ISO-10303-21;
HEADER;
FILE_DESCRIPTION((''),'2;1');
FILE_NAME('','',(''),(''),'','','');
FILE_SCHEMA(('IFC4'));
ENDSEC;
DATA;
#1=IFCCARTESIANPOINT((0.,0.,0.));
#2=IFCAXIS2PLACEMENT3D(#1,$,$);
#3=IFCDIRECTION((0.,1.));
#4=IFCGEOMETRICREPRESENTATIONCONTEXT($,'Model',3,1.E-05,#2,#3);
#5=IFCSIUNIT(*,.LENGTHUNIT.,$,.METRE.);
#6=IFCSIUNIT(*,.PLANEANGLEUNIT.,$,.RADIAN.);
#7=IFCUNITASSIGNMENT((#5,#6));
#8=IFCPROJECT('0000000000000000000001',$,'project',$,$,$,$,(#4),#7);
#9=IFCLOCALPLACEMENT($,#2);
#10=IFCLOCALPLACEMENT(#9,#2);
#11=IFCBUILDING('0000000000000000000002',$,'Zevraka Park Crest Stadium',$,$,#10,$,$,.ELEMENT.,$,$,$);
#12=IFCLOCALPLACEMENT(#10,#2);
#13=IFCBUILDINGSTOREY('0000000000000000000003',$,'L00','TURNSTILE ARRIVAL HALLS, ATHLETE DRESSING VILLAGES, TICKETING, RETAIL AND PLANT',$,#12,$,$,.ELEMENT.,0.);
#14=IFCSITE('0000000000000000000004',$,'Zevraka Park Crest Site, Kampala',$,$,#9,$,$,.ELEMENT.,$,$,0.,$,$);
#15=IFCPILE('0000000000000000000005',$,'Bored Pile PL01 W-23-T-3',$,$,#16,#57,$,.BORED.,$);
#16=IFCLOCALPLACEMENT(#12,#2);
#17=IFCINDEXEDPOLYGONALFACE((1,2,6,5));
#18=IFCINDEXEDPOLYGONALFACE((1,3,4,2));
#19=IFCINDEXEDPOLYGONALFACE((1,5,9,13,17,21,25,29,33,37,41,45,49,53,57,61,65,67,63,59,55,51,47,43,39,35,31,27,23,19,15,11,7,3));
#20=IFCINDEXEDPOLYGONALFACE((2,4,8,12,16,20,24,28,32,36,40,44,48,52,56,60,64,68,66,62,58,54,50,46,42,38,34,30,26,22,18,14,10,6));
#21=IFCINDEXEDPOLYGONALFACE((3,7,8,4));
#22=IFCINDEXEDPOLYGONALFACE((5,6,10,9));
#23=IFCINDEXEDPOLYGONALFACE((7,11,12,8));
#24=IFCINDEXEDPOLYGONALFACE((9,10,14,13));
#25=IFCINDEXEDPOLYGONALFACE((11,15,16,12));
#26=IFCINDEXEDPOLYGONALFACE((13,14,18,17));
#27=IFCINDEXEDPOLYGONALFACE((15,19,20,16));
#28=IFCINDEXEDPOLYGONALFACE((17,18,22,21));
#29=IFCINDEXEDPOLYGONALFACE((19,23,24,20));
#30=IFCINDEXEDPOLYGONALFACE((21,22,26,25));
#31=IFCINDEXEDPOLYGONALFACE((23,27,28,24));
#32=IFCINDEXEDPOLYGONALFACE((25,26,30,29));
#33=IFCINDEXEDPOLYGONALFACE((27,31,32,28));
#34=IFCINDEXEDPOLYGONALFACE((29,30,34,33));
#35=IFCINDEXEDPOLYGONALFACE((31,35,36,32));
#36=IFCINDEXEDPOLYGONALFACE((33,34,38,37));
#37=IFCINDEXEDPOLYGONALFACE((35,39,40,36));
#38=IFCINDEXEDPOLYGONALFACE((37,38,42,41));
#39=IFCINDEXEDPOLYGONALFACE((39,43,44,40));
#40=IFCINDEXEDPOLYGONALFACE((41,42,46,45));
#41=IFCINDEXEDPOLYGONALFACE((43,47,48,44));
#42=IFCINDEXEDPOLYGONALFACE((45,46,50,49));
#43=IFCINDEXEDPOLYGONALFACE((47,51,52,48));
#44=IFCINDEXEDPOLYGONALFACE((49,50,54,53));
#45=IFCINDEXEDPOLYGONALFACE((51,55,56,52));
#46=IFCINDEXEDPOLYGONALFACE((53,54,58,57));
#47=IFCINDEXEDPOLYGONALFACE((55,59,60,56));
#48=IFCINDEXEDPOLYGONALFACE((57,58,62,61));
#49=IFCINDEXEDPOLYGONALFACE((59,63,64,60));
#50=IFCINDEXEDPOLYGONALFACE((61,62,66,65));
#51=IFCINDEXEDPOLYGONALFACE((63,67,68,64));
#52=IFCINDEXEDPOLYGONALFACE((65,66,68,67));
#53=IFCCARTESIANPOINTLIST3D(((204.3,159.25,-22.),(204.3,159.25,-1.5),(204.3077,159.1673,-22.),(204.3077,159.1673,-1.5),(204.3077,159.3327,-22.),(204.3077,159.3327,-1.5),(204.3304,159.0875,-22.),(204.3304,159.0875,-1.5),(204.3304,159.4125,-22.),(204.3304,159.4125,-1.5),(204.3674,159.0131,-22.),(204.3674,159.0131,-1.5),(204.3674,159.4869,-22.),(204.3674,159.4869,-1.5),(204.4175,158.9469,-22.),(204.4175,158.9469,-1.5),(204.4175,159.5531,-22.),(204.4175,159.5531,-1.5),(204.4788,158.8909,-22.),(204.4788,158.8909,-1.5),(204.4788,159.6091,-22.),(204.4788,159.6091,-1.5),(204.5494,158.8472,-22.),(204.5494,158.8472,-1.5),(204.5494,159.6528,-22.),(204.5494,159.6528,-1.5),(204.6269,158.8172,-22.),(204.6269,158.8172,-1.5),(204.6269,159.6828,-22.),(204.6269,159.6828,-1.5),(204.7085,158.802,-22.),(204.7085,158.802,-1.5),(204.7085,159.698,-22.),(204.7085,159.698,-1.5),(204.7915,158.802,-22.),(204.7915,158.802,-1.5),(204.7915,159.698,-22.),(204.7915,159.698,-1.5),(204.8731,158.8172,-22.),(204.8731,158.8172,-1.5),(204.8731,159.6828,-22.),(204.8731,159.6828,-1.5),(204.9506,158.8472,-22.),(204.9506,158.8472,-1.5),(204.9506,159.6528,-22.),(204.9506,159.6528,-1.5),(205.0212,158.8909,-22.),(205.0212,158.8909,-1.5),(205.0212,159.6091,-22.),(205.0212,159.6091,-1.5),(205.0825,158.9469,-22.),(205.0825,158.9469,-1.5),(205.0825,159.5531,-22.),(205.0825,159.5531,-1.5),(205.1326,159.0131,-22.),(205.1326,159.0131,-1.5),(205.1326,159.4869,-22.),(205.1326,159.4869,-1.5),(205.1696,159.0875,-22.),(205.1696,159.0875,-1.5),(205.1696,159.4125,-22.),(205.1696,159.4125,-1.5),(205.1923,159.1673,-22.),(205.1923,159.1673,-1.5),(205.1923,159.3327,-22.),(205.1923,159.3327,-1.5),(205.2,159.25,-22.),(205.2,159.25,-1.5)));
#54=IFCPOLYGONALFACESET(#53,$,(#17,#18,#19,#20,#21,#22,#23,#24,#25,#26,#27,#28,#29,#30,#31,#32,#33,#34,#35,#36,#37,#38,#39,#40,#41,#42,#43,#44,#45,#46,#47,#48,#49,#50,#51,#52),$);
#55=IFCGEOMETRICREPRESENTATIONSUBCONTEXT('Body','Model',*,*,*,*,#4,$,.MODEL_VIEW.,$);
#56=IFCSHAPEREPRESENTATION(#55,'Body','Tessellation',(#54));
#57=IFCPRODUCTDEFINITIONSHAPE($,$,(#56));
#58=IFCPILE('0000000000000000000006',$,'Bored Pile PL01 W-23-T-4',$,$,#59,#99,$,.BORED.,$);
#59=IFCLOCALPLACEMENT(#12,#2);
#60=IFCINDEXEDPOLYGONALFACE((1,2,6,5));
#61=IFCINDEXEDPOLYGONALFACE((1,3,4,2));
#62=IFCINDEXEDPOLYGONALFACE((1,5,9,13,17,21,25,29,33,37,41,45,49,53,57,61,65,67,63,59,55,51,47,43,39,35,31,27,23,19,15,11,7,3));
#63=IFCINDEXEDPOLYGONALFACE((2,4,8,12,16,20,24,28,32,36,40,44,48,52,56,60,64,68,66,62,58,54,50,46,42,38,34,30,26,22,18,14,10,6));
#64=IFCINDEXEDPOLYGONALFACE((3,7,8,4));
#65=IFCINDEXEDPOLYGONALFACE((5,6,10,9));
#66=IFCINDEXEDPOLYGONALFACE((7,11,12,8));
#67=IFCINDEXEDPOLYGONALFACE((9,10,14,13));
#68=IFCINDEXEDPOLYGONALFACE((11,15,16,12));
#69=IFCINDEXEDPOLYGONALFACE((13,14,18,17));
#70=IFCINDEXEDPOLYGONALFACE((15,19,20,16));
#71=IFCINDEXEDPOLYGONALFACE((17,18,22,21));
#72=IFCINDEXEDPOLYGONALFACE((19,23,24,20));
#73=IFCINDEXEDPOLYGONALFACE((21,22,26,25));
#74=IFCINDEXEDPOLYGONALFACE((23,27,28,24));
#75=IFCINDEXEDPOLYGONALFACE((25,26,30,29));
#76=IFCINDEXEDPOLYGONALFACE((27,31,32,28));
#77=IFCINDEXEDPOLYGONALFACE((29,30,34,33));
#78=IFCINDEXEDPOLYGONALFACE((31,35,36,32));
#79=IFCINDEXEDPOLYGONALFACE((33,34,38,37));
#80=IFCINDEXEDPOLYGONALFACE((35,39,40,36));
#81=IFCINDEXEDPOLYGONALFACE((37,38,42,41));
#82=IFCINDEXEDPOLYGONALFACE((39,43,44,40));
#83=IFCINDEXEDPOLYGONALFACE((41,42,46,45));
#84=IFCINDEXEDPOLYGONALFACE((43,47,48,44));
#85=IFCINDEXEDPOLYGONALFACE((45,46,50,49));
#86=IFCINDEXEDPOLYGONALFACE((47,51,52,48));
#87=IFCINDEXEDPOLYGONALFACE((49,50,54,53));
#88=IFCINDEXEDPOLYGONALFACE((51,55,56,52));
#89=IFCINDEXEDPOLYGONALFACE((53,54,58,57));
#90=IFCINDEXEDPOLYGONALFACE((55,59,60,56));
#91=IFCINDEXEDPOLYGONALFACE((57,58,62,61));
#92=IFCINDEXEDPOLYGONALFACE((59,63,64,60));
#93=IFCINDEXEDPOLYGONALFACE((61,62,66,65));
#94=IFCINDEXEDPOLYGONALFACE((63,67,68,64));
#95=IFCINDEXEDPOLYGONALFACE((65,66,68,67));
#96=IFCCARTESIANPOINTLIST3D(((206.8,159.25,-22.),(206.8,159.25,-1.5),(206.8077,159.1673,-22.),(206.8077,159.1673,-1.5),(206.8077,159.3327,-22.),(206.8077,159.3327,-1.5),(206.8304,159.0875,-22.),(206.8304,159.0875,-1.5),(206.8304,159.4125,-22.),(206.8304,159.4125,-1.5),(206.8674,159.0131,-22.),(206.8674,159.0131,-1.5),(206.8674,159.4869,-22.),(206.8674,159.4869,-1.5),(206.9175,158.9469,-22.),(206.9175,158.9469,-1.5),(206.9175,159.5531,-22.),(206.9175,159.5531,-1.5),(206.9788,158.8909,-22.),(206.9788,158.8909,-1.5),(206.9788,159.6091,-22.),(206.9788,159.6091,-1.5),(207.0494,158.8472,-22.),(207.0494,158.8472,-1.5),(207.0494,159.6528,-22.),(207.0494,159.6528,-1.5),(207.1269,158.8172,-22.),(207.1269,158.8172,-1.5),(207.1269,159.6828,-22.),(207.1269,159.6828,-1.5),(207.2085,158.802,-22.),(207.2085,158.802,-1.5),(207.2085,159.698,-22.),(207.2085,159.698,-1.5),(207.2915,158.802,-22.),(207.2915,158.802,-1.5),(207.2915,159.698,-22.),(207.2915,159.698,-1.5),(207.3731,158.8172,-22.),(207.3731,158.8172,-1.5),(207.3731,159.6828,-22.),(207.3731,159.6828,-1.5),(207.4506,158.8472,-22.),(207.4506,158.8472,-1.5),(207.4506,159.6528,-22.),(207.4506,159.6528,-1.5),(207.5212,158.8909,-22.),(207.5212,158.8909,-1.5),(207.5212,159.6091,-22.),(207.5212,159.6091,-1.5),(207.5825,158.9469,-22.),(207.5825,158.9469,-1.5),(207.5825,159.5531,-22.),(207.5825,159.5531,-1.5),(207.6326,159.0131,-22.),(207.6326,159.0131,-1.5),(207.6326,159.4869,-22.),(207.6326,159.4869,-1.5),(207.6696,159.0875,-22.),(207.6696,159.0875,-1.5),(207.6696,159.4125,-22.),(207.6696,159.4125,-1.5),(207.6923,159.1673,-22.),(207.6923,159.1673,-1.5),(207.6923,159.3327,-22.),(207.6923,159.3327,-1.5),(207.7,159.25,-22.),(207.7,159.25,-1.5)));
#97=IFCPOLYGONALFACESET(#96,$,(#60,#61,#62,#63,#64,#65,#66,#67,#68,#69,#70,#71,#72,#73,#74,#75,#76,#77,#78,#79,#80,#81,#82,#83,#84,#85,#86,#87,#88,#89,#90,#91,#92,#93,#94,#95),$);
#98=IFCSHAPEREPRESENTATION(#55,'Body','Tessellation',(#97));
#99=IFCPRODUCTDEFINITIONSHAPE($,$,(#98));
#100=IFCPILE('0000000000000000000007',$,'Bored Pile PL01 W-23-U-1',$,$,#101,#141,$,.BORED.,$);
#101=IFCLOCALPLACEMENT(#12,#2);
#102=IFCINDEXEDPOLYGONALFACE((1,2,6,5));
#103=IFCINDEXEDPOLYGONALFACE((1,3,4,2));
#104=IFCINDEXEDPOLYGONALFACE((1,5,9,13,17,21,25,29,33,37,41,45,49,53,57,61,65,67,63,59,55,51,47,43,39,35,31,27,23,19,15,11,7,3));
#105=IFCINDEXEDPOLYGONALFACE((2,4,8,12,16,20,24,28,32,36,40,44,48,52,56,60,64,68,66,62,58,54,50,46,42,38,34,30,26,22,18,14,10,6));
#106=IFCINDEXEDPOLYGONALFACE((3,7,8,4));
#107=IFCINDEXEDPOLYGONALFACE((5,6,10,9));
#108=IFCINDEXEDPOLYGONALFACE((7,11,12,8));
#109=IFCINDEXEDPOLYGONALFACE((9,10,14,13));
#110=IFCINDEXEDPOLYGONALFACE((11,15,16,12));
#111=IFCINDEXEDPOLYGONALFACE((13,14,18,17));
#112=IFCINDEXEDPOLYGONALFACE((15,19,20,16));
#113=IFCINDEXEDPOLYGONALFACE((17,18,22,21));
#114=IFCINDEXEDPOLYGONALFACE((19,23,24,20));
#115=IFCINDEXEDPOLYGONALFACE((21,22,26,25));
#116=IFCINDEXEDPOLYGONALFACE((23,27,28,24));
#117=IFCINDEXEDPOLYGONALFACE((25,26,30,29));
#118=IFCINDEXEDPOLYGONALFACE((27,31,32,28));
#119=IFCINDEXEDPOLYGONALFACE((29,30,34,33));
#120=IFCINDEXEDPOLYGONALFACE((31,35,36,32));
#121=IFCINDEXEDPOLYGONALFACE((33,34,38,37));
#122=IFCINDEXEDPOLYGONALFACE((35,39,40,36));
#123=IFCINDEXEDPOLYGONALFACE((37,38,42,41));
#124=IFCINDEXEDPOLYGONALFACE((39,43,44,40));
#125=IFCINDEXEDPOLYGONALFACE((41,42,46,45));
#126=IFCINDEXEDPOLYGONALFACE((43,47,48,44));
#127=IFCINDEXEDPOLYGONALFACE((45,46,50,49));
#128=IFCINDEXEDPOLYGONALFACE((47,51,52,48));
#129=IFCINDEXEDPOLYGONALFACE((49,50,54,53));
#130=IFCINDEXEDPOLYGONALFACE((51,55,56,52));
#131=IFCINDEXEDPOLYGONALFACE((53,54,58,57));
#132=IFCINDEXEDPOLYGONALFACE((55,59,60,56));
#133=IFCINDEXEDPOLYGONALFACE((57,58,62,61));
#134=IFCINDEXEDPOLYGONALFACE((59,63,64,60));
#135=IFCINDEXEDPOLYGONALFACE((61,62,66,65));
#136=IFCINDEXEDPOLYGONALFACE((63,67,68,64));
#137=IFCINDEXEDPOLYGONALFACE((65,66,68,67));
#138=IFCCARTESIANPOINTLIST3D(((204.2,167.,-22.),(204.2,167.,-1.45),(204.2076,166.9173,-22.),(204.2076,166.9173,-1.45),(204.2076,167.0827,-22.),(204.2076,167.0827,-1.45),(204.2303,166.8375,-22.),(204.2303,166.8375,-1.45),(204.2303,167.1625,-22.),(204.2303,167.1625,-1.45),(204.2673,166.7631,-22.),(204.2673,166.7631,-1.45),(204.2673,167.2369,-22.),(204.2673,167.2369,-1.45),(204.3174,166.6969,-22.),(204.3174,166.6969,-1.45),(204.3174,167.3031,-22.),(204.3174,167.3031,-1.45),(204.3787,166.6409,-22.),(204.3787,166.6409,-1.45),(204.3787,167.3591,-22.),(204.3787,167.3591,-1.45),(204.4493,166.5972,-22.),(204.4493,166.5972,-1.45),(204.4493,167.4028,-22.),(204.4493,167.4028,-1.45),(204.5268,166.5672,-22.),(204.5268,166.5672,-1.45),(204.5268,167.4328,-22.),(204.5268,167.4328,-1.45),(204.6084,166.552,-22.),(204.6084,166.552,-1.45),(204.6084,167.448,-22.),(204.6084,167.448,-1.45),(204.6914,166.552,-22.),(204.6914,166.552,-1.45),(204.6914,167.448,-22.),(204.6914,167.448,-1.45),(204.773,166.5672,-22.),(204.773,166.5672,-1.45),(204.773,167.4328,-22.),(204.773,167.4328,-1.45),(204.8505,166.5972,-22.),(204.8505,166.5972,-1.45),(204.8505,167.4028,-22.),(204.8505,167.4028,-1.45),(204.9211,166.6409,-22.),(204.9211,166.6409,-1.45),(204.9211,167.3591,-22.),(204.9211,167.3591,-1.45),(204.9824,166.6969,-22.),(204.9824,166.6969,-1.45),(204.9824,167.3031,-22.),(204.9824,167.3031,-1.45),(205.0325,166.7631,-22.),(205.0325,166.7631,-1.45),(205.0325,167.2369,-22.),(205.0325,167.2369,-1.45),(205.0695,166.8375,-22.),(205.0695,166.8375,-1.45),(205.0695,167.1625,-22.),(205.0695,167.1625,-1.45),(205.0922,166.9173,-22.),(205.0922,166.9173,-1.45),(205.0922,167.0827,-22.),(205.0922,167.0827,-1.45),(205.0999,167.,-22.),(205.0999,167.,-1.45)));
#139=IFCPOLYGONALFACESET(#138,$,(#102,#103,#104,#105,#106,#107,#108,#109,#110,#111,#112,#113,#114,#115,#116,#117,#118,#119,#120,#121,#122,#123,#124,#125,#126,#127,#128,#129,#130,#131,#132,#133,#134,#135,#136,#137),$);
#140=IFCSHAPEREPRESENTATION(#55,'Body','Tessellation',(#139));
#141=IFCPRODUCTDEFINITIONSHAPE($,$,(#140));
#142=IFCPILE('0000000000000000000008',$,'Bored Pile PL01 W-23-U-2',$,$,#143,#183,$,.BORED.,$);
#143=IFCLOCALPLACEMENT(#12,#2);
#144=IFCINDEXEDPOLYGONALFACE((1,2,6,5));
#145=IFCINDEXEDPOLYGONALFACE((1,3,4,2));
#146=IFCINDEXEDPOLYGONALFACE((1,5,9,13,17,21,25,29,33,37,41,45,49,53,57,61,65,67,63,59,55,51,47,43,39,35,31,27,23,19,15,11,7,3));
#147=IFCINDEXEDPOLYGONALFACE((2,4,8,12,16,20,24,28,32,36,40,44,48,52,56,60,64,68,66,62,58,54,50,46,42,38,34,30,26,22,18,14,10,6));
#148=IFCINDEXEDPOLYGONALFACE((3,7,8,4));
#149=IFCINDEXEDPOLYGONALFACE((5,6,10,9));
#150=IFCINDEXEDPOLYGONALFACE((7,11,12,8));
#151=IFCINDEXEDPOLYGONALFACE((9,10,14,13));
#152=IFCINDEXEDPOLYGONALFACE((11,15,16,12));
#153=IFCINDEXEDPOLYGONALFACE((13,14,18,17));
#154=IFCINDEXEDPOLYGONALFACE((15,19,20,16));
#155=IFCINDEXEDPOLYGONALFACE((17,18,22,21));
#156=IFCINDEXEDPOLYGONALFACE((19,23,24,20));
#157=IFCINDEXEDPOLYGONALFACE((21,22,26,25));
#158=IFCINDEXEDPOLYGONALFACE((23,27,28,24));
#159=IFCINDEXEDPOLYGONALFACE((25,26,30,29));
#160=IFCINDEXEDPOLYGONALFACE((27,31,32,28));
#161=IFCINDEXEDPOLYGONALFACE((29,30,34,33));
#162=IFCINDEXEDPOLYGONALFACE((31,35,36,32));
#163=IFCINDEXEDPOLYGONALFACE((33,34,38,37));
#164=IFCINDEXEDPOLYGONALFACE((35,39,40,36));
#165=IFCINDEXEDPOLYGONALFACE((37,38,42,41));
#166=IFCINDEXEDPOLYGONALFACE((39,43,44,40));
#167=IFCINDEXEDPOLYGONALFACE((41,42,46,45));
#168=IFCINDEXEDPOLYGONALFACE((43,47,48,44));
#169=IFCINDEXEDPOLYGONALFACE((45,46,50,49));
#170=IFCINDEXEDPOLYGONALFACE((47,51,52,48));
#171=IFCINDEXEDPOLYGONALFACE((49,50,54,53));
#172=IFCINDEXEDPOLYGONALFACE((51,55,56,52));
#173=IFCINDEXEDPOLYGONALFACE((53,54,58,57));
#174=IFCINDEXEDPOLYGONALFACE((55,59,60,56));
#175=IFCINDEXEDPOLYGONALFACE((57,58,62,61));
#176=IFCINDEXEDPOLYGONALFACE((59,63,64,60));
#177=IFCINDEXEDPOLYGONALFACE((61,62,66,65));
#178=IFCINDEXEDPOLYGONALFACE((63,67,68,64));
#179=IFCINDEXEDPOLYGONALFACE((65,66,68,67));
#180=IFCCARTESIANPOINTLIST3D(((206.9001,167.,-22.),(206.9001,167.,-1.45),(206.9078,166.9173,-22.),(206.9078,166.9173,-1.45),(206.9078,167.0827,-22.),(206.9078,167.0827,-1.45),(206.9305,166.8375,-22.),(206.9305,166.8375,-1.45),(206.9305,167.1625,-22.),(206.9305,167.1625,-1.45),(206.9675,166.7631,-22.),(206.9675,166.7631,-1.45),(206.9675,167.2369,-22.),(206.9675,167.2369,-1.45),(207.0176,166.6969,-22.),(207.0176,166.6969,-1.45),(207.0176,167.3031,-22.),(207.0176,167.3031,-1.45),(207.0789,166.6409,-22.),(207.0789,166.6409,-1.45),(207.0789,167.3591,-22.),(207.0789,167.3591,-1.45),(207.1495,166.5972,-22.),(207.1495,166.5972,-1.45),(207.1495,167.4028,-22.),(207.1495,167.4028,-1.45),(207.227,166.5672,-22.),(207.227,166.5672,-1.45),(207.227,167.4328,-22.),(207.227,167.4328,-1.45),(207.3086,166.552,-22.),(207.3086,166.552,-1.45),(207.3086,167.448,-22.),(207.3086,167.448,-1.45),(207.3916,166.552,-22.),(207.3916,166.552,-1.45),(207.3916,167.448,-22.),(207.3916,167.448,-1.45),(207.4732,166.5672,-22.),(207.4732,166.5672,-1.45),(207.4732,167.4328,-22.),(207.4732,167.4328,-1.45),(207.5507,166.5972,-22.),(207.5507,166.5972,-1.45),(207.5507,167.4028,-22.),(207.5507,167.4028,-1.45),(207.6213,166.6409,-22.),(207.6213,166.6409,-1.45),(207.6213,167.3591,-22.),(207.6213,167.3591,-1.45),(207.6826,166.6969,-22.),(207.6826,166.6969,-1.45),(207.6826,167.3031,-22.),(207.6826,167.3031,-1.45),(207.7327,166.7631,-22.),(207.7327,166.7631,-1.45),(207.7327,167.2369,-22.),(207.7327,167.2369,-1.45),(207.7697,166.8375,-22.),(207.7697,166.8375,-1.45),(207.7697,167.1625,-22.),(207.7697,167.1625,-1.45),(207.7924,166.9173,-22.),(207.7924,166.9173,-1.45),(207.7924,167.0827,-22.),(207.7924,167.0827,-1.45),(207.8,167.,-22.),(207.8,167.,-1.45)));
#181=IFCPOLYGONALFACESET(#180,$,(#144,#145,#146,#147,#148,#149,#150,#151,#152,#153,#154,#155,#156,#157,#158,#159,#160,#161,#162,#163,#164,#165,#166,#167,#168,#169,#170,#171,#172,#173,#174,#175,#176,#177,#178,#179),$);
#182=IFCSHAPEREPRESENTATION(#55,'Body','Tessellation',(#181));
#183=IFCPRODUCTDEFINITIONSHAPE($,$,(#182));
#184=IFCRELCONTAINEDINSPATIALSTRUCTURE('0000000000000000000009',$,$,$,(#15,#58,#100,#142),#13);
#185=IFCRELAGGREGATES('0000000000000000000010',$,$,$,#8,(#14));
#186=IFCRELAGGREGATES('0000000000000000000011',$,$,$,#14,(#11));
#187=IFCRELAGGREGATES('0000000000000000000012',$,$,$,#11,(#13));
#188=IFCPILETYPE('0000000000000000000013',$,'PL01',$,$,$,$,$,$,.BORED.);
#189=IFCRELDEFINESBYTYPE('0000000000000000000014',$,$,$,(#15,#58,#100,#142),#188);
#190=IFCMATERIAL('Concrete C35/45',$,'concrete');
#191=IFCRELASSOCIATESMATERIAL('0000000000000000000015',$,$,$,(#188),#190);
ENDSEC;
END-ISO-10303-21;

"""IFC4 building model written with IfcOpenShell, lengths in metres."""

from ifc_helpers import new_model, si_unit, direction, frame, origin, origin_2d, place, context, subcontext, project, spatial, circle, extrude, material, material_profile, profile_set, type_object, element, save


model = new_model("IFC4")

# Units and contexts
model_context = context("Model", 3, precision=1e-05, world=origin(), true_north=direction((0.0, 1.0)))
body_context = subcontext(model_context, "Body", "Model", "MODEL_VIEW")
ifc_project = project(units=[si_unit("LENGTHUNIT", "METRE"), si_unit("PLANEANGLEUNIT", "RADIAN")], contexts=[model_context])

# Site, building, storey
site_placement = place(None, origin())
site = spatial("IfcSite", under=ifc_project, at=site_placement, Name="Zevraka Park Crest Site, Kampala", CompositionType="ELEMENT", RefElevation=0.0)
building_placement = place(site_placement, origin())
building = spatial("IfcBuilding", under=site, at=building_placement, Name="Zevraka Park Crest Stadium", CompositionType="ELEMENT")
storey_placement = place(building_placement, origin())
storey = spatial("IfcBuildingStorey", under=building, at=storey_placement, Name="L00", Description="TURNSTILE ARRIVAL HALLS, ATHLETE DRESSING VILLAGES, TICKETING, RETAIL AND PLANT", CompositionType="ELEMENT", Elevation=0.0)

# Piles
ifc_material_1 = material(Name="Concrete C35/45", Category="concrete")
ifc_material_profile_1 = material_profile(ifc_material_1, circle(Radius=0.45, at=origin_2d()), Name="PILE D900")
ifc_profile_set_1 = profile_set([ifc_material_profile_1], Name="Concrete C35/45")
pile_type = type_object("IfcPileType", Name="PL01", PredefinedType="BORED", material=ifc_profile_set_1)
for number, where, z_axis, x_axis, name in (
    (1, (204.75, 159.25, -1.5), (0.0, 0.0, -1.0), (1.0, 0.0, 0.0), "Bored Pile PL01 W-23-T-3"),
    (2, (207.25, 159.25, -1.5), (0.0, 0.0, -1.0), (1.0, 0.0, 0.0), "Bored Pile PL01 W-23-T-4"),
):
    element("IfcPile", number, at=place(storey_placement, frame(where, z_axis=z_axis, x_axis=x_axis)), inside=storey, type_object=pile_type, Name=name, PredefinedType="BORED", context=body_context, shape_type="SweptSolid", body=[
        extrude(circle(Radius=0.45, at=origin_2d()), origin(), (0.0, 0.0, 1.0), 20.5),
    ])
for number, where, z_axis, x_axis, name in (
    (3, (204.6499, 167.0, -1.45), (0.0, 0.0, -1.0), (1.0, 0.0, 0.0), "Bored Pile PL01 W-23-U-1"),
    (4, (207.3501, 167.0, -1.45), (0.0, 0.0, -1.0), (1.0, 0.0, 0.0), "Bored Pile PL01 W-23-U-2"),
):
    element("IfcPile", number, at=place(storey_placement, frame(where, z_axis=z_axis, x_axis=x_axis)), inside=storey, type_object=pile_type, Name=name, PredefinedType="BORED", context=body_context, shape_type="SweptSolid", body=[
        extrude(circle(Radius=0.45, at=origin_2d()), origin(), (0.0, 0.0, 1.0), 20.55),
    ])

save(model, "model.ifc")
